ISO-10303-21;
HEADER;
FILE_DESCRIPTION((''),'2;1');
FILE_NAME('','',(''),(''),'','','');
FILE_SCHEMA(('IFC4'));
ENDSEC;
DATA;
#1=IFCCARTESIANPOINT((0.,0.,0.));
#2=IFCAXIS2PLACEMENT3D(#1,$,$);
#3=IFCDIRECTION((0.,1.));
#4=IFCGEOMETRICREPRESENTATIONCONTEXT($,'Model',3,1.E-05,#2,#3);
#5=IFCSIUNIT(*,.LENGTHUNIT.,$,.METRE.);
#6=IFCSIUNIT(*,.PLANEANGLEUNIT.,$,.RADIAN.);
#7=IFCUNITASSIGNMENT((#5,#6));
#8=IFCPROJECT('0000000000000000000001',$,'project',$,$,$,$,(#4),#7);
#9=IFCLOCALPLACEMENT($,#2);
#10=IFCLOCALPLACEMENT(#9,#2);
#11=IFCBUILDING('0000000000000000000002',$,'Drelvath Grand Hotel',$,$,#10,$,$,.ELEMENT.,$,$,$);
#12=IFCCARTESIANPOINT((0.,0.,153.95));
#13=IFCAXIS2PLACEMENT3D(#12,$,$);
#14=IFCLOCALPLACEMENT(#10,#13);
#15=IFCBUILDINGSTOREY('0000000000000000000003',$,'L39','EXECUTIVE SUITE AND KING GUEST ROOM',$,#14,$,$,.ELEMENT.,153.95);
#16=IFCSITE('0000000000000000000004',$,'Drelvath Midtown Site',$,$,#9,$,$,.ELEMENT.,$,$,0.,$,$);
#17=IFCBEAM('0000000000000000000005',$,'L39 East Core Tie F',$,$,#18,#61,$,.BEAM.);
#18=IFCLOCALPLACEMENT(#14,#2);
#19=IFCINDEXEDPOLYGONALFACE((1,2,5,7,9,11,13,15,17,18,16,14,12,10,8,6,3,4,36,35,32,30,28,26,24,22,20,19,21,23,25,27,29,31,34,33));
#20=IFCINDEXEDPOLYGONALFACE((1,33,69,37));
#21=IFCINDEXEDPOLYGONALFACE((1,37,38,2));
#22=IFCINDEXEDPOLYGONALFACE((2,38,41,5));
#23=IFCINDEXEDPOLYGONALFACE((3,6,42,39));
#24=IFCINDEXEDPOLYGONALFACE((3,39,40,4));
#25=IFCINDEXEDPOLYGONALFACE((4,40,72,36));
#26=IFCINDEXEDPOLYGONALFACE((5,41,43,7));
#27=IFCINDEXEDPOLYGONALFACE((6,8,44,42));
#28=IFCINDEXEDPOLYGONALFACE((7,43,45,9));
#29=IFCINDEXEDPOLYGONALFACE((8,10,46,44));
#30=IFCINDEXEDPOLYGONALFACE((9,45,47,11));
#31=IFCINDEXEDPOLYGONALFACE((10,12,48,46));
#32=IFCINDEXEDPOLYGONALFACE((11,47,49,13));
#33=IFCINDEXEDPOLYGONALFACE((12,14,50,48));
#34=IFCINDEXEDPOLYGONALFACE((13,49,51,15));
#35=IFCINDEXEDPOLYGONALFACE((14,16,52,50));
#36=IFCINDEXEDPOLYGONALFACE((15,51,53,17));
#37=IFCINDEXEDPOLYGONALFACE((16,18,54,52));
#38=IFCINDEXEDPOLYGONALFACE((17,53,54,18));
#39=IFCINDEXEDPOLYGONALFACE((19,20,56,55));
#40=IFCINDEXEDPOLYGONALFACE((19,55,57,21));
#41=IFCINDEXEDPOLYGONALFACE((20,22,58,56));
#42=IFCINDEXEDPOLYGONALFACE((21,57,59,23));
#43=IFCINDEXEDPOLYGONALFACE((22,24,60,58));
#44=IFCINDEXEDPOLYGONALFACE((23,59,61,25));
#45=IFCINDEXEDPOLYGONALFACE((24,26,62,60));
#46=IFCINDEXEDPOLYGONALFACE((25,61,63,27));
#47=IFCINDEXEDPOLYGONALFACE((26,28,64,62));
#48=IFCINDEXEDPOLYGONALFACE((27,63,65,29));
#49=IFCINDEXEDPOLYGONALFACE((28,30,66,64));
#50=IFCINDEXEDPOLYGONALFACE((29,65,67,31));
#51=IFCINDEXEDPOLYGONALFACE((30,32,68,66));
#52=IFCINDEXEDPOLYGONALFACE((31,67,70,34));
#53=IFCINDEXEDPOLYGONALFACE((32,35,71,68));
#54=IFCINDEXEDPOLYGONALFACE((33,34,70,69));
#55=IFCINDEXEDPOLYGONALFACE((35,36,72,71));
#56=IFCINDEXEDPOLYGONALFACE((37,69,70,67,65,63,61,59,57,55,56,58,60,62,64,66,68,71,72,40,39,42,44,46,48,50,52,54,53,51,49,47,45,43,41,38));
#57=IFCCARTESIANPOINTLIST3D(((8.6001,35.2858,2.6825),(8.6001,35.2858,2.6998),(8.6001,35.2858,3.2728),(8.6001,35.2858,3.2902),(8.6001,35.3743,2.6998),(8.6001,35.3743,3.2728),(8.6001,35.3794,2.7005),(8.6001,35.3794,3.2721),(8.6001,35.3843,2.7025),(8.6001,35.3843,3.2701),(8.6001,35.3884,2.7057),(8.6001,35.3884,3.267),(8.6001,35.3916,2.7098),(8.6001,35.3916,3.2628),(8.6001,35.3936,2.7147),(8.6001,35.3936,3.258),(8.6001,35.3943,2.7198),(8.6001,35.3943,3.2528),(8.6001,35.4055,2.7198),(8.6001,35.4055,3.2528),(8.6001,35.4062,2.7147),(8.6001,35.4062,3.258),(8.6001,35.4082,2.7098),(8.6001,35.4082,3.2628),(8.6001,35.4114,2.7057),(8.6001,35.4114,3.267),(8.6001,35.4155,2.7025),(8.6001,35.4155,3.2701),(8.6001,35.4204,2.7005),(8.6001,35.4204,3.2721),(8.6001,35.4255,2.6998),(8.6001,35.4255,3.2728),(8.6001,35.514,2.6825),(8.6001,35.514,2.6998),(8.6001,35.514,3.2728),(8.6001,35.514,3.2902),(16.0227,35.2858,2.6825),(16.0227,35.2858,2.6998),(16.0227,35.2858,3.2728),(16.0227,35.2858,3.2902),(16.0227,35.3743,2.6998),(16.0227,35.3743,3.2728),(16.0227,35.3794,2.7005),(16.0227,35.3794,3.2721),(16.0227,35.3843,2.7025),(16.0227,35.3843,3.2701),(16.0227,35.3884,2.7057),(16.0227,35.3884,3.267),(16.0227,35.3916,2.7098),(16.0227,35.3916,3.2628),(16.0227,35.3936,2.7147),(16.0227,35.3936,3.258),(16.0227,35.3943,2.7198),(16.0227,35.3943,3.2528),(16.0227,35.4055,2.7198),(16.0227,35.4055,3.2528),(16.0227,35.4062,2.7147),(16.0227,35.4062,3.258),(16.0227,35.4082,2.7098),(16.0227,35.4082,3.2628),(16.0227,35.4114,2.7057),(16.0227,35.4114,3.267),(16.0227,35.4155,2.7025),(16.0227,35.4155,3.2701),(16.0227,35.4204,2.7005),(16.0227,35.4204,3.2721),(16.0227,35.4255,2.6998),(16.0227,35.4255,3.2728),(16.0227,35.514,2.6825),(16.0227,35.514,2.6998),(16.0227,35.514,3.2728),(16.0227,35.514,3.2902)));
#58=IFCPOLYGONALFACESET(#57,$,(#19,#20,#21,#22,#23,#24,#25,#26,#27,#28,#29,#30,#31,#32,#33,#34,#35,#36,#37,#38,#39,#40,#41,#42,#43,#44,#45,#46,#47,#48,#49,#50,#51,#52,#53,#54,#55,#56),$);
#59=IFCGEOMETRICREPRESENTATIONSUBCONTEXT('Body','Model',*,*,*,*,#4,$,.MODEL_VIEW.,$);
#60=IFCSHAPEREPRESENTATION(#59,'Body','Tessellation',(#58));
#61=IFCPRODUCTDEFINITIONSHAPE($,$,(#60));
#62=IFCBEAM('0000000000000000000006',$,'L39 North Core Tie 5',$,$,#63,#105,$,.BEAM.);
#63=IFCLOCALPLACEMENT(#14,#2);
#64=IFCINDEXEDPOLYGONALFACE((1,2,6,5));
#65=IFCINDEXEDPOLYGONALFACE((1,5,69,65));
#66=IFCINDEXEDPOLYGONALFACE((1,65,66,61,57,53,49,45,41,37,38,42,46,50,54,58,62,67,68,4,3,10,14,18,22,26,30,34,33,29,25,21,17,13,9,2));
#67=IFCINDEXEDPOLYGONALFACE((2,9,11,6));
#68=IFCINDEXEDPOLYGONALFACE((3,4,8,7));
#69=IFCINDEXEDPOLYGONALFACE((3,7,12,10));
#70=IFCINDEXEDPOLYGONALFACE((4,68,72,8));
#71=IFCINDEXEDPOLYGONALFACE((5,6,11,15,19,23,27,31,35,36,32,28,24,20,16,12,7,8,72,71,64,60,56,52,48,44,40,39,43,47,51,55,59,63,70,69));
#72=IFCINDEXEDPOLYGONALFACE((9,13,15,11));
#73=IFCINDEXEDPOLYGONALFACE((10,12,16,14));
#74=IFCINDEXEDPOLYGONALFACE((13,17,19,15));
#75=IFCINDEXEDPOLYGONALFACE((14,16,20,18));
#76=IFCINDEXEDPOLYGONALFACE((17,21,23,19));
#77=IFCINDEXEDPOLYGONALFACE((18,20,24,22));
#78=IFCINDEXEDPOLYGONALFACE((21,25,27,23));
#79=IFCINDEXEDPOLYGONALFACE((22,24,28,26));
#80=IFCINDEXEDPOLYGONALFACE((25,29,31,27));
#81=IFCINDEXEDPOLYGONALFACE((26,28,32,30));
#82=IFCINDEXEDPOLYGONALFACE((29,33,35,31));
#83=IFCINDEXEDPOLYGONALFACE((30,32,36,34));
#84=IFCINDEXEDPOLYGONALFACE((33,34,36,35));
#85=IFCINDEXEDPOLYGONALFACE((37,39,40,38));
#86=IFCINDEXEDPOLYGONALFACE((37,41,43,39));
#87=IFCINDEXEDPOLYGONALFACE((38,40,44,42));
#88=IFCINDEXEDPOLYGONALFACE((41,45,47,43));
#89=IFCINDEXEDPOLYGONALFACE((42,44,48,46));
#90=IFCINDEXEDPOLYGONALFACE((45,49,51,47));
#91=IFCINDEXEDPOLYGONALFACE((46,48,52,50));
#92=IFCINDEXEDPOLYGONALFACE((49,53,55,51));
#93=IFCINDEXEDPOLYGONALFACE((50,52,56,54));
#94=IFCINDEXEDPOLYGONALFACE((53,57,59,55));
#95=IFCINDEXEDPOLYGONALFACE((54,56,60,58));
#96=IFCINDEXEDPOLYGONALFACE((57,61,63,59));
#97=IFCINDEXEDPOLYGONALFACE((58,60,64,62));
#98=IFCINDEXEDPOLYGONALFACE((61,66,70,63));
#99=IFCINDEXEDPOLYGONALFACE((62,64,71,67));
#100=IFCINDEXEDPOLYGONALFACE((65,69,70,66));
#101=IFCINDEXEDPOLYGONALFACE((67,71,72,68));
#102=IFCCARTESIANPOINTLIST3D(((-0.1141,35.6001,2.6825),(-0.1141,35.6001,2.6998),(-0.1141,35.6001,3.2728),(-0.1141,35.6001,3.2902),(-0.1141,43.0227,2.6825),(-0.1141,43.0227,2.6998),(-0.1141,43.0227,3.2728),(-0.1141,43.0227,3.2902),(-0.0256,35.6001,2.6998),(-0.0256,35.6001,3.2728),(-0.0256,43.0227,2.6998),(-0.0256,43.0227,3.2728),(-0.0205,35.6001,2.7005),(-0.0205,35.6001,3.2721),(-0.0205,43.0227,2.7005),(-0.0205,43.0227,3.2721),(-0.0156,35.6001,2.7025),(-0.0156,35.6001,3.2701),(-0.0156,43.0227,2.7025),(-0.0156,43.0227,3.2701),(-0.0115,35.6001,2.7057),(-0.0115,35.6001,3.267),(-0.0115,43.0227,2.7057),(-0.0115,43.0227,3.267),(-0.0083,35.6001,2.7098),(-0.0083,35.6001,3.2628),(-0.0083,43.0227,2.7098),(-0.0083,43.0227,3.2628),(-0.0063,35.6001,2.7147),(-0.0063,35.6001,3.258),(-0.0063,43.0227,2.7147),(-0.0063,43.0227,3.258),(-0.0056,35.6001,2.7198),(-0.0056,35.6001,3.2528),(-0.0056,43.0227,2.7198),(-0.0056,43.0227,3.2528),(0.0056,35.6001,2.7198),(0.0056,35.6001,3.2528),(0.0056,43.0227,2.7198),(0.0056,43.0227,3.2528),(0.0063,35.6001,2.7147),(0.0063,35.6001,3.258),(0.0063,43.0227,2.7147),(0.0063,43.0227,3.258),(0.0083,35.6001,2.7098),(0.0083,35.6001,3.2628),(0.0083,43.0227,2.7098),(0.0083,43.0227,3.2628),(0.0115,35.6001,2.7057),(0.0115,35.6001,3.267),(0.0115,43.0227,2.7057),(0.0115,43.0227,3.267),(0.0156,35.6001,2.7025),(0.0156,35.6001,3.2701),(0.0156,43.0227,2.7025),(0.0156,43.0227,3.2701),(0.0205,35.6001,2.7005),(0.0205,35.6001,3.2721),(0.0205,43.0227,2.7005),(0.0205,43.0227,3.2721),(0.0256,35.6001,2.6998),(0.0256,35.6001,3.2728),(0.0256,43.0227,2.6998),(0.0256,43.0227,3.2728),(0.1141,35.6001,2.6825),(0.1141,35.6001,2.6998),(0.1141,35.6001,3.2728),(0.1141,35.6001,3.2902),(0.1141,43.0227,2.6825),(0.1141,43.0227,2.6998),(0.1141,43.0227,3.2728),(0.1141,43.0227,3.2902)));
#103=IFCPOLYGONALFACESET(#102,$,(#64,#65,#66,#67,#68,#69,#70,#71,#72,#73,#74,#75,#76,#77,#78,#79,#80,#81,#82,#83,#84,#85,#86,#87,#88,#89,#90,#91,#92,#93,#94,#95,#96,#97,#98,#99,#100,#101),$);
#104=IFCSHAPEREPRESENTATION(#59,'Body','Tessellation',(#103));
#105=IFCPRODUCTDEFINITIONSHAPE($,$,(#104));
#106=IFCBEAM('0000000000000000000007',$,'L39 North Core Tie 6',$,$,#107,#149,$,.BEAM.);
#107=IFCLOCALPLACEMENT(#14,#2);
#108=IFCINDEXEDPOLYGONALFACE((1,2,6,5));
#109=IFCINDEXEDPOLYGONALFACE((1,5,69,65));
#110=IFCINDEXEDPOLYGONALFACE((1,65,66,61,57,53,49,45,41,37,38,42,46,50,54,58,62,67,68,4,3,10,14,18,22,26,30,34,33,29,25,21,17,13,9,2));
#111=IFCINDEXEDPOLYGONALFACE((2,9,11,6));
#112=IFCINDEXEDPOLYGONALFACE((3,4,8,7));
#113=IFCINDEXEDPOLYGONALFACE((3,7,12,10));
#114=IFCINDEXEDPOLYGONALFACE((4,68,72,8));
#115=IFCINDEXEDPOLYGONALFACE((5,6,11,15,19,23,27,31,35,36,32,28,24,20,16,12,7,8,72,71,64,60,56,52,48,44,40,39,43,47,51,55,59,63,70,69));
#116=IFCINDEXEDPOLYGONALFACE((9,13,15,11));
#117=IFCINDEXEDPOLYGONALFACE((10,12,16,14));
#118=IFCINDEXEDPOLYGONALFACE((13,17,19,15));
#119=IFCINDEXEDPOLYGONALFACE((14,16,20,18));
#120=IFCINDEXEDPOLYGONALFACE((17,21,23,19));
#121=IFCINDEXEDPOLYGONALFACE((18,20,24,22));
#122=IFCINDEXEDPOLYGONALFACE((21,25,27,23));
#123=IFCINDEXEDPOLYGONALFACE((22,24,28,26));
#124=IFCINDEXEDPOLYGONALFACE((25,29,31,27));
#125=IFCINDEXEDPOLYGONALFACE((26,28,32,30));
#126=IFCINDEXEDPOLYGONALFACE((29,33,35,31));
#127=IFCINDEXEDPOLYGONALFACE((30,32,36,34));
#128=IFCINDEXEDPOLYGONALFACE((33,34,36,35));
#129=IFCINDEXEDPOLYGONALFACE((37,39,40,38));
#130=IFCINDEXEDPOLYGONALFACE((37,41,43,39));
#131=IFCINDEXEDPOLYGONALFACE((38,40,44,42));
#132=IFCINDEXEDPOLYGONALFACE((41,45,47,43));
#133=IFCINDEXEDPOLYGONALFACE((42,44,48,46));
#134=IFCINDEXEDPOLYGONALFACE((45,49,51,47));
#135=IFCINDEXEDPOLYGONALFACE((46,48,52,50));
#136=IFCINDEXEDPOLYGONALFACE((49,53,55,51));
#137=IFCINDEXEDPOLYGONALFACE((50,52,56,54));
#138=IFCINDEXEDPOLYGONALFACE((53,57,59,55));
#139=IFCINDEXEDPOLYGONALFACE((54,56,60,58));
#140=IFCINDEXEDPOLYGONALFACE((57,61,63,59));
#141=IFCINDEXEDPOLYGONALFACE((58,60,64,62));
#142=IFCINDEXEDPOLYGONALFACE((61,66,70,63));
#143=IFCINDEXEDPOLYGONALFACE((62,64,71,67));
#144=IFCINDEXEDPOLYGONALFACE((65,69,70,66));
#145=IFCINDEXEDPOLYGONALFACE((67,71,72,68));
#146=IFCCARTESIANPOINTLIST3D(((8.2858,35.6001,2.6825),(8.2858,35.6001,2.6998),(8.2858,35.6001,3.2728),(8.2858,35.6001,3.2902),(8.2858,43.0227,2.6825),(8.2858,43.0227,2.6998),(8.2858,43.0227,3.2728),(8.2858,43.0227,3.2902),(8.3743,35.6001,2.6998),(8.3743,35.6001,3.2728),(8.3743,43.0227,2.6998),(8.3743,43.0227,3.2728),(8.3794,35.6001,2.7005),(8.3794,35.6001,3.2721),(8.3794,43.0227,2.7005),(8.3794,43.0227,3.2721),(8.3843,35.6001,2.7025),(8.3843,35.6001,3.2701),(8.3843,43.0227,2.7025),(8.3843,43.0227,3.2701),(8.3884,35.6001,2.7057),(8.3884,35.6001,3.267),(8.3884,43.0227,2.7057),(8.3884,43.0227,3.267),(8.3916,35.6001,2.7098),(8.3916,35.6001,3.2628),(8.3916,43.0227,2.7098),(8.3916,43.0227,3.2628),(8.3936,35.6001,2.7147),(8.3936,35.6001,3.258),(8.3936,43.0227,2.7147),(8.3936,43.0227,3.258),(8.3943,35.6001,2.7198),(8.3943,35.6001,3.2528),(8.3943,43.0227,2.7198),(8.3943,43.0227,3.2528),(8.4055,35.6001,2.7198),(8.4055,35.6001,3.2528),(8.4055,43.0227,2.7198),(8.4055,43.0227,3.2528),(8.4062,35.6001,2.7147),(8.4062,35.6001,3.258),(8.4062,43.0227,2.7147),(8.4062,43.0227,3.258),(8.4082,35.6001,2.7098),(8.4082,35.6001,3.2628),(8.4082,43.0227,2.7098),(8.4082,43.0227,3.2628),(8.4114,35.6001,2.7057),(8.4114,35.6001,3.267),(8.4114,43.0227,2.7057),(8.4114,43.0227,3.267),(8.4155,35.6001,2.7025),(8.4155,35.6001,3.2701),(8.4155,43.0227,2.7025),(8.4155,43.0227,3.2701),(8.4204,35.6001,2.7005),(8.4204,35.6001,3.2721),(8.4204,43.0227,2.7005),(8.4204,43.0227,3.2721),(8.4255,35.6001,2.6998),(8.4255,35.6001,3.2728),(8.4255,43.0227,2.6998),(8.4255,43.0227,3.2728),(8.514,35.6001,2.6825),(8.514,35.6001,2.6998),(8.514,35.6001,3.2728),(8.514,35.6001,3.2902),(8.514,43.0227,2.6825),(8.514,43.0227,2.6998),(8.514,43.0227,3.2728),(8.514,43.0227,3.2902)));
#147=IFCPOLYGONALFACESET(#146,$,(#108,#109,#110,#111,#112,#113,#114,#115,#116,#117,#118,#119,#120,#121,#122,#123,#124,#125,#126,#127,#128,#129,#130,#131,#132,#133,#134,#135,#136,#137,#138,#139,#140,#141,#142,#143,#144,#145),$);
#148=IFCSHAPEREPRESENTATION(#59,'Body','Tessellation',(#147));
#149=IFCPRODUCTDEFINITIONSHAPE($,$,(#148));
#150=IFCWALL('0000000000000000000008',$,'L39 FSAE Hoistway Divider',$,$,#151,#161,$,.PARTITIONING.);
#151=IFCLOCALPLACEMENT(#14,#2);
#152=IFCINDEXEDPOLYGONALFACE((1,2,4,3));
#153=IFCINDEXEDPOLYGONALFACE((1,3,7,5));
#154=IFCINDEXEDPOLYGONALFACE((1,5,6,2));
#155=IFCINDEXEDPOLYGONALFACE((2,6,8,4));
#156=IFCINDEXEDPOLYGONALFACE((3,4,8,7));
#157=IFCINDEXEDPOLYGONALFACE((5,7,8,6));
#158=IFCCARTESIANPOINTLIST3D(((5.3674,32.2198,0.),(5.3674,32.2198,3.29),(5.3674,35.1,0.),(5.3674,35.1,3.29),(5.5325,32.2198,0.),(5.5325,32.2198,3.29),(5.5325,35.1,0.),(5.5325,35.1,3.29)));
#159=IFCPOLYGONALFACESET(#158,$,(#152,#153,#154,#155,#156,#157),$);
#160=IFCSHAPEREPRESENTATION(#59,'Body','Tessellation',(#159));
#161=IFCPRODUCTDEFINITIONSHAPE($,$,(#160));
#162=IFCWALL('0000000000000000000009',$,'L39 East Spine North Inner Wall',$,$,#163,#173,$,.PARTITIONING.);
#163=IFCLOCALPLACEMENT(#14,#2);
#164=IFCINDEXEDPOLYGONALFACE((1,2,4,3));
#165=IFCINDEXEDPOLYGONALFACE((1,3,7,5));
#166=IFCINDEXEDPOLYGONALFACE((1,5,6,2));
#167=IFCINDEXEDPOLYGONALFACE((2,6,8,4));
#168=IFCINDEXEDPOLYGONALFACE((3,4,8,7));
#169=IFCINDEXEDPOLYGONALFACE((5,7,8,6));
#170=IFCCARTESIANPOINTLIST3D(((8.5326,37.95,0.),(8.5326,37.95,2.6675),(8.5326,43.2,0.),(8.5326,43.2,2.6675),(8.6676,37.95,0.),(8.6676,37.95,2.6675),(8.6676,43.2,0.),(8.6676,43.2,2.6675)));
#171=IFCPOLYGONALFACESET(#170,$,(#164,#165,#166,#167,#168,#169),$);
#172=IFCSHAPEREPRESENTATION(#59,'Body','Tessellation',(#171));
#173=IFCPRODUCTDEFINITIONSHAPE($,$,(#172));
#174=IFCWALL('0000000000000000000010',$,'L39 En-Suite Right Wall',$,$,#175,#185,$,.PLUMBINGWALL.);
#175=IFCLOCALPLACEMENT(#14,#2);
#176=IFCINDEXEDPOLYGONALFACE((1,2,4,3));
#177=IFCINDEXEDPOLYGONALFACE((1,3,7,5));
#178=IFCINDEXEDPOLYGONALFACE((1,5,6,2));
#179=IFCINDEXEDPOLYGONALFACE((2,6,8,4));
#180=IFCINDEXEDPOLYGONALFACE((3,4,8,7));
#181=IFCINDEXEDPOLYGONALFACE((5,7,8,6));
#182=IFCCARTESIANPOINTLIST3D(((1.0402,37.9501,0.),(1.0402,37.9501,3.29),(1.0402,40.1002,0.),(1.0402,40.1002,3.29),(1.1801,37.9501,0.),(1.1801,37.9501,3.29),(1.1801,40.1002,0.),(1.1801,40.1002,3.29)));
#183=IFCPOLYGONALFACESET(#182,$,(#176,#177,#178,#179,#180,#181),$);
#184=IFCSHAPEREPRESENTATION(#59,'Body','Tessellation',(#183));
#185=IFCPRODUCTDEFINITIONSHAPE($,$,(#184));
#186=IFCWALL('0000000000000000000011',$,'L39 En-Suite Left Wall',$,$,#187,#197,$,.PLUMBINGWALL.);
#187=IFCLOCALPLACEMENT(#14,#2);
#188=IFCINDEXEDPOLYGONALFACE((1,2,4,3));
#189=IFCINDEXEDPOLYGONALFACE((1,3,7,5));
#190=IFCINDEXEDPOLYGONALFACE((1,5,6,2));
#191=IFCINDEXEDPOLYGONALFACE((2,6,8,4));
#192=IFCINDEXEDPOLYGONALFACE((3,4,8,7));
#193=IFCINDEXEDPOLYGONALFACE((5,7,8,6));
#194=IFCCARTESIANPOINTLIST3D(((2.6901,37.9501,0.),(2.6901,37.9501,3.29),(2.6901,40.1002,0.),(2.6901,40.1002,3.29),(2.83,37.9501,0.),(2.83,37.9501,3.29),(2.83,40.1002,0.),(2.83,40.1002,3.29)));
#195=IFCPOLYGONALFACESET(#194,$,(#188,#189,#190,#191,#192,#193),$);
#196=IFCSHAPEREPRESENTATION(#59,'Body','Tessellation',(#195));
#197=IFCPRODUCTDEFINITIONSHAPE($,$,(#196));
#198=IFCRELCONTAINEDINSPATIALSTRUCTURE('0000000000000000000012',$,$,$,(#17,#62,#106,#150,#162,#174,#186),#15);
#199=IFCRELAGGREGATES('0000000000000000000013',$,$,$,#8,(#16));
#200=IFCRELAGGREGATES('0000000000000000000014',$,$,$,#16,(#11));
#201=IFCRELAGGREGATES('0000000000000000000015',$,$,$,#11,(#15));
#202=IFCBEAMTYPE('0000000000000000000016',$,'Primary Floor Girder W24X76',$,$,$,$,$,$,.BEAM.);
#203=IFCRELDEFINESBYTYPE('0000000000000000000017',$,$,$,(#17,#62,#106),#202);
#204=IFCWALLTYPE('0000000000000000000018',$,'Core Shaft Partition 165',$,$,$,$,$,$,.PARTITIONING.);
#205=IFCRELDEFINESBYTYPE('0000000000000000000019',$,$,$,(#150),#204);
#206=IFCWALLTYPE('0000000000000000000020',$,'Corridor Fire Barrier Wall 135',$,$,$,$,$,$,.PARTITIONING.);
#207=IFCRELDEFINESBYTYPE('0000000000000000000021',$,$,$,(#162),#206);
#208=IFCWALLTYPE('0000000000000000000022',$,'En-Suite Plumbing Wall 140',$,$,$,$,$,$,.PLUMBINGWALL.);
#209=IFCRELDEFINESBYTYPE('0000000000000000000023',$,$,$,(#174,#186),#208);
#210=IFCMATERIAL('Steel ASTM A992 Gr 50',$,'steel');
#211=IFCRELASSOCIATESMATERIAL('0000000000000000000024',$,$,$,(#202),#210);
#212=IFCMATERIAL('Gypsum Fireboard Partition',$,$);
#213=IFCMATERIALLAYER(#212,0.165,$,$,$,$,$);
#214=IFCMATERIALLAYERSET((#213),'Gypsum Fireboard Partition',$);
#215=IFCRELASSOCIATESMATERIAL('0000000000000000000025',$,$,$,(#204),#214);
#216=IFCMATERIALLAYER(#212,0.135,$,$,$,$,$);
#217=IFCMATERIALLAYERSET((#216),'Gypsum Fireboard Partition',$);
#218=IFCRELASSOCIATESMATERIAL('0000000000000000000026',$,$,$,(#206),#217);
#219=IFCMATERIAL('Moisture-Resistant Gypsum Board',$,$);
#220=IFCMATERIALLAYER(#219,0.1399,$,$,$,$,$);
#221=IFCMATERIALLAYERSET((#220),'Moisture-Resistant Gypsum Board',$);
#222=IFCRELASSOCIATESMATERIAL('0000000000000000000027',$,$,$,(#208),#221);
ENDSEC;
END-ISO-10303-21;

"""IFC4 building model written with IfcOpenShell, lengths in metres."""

from ifc_helpers import new_model, si_unit, direction, frame, frame_2d, origin, origin_2d, place, context, subcontext, project, spatial, rectangle, i_section, extrude, material, layer, layer_set, material_profile, profile_set, type_object, element, save


model = new_model("IFC4")

# Units and contexts
model_context = context("Model", 3, precision=1e-05, world=origin(), true_north=direction((0.0, 1.0)))
body_context = subcontext(model_context, "Body", "Model", "MODEL_VIEW")
ifc_project = project(units=[si_unit("LENGTHUNIT", "METRE"), si_unit("PLANEANGLEUNIT", "RADIAN")], contexts=[model_context])

# Site, building, storey
site_placement = place(None, origin())
site = spatial("IfcSite", under=ifc_project, at=site_placement, Name="Drelvath Midtown Site", CompositionType="ELEMENT", RefElevation=0.0)
building_placement = place(site_placement, origin())
building = spatial("IfcBuilding", under=site, at=building_placement, Name="Drelvath Grand Hotel", CompositionType="ELEMENT")
storey_placement = place(building_placement, frame((0.0, 0.0, 153.95)))
storey = spatial("IfcBuildingStorey", under=building, at=storey_placement, Name="L39", Description="EXECUTIVE SUITE AND KING GUEST ROOM", CompositionType="ELEMENT", Elevation=153.95)

# Beams
ifc_material_1 = material(Name="Steel ASTM A992 Gr 50", Category="steel")
ifc_material_profile = material_profile(ifc_material_1, i_section(OverallWidth=0.2283, OverallDepth=0.6077, WebThickness=0.0112, FlangeThickness=0.0173, FilletRadius=0.02, at=origin_2d()), Name="W24X76")
ifc_profile_set = profile_set([ifc_material_profile], Name="Steel ASTM A992 Gr 50")
beam_type = type_object("IfcBeamType", Name="Primary Floor Girder W24X76", PredefinedType="BEAM", material=ifc_profile_set)
for number, where, z_axis, x_axis, name in (
    (1, (8.6001, 35.3999, 2.9863), (1.0, 0.0, 0.0), (0.0, 1.0, 0.0), "L39 East Core Tie F"),
    (2, (0.0, 35.6001, 2.9863), (0.0, 1.0, 0.0), (-1.0, 0.0, 0.0), "L39 North Core Tie 5"),
    (3, (8.3999, 35.6001, 2.9863), (0.0, 1.0, 0.0), (-1.0, 0.0, 0.0), "L39 North Core Tie 6"),
):
    element("IfcBeam", number, at=place(storey_placement, frame(where, z_axis=z_axis, x_axis=x_axis)), inside=storey, type_object=beam_type, Name=name, PredefinedType="BEAM", context=body_context, shape_type="SweptSolid", body=[
        extrude(i_section(OverallWidth=0.2283, OverallDepth=0.6077, WebThickness=0.0112, FlangeThickness=0.0173, FilletRadius=0.02, at=origin_2d()), origin(), (0.0, 0.0, 1.0), 7.4226),
    ])

# Walls
ifc_material_2 = material(Name="Gypsum Fireboard Partition")
ifc_layer_1 = layer(ifc_material_2, 0.165)
ifc_layer_set_1 = layer_set([ifc_layer_1], Name="Gypsum Fireboard Partition")
wall_type_1 = type_object("IfcWallType", Name="Core Shaft Partition 165", PredefinedType="PARTITIONING", material=ifc_layer_set_1)
wall_1_placement = place(storey_placement, frame((5.45, 32.22, 0.0), z_axis=(0.0, 0.0, 1.0), x_axis=(0.0, 1.0, 0.0)))
element("IfcWall", 4, at=wall_1_placement, inside=storey, type_object=wall_type_1, Name="L39 FSAE Hoistway Divider", PredefinedType="PARTITIONING", context=body_context, shape_type="SweptSolid", body=[
    extrude(rectangle(XDim=2.8801, YDim=0.165, at=frame_2d((1.4399, 0.0))), origin(), (0.0, 0.0, 1.0), 3.29),
])
ifc_layer_2 = layer(ifc_material_2, 0.135)
ifc_layer_set_2 = layer_set([ifc_layer_2], Name="Gypsum Fireboard Partition")
wall_type_2 = type_object("IfcWallType", Name="Corridor Fire Barrier Wall 135", PredefinedType="PARTITIONING", material=ifc_layer_set_2)
wall_2_placement = place(storey_placement, frame((8.6001, 37.95, 0.0), z_axis=(0.0, 0.0, 1.0), x_axis=(0.0, 1.0, 0.0)))
element("IfcWall", 5, at=wall_2_placement, inside=storey, type_object=wall_type_2, Name="L39 East Spine North Inner Wall", PredefinedType="PARTITIONING", context=body_context, shape_type="SweptSolid", body=[
    extrude(rectangle(XDim=5.25, YDim=0.135, at=frame_2d((2.625, 0.0))), origin(), (0.0, 0.0, 1.0), 2.6675),
])

# Walls
ifc_material_3 = material(Name="Moisture-Resistant Gypsum Board")
ifc_layer_3 = layer(ifc_material_3, 0.1399)
ifc_layer_set_3 = layer_set([ifc_layer_3], Name="Moisture-Resistant Gypsum Board")
wall_type_3 = type_object("IfcWallType", Name="En-Suite Plumbing Wall 140", PredefinedType="PLUMBINGWALL", material=ifc_layer_set_3)
for number, where, z_axis, x_axis, name in (
    (6, (1.1101, 37.95, 0.0), (0.0, 0.0, 1.0), (0.0, 1.0, 0.0), "L39 En-Suite Right Wall"),
    (7, (2.76, 37.95, 0.0), (0.0, 0.0, 1.0), (0.0, 1.0, 0.0), "L39 En-Suite Left Wall"),
):
    element("IfcWall", number, at=place(storey_placement, frame(where, z_axis=z_axis, x_axis=x_axis)), inside=storey, type_object=wall_type_3, Name=name, PredefinedType="PLUMBINGWALL", context=body_context, shape_type="SweptSolid", body=[
        extrude(rectangle(XDim=2.1501, YDim=0.1399, at=frame_2d((1.0752, 0.0))), origin(), (0.0, 0.0, 1.0), 3.29),
    ])

save(model, "model.ifc")
